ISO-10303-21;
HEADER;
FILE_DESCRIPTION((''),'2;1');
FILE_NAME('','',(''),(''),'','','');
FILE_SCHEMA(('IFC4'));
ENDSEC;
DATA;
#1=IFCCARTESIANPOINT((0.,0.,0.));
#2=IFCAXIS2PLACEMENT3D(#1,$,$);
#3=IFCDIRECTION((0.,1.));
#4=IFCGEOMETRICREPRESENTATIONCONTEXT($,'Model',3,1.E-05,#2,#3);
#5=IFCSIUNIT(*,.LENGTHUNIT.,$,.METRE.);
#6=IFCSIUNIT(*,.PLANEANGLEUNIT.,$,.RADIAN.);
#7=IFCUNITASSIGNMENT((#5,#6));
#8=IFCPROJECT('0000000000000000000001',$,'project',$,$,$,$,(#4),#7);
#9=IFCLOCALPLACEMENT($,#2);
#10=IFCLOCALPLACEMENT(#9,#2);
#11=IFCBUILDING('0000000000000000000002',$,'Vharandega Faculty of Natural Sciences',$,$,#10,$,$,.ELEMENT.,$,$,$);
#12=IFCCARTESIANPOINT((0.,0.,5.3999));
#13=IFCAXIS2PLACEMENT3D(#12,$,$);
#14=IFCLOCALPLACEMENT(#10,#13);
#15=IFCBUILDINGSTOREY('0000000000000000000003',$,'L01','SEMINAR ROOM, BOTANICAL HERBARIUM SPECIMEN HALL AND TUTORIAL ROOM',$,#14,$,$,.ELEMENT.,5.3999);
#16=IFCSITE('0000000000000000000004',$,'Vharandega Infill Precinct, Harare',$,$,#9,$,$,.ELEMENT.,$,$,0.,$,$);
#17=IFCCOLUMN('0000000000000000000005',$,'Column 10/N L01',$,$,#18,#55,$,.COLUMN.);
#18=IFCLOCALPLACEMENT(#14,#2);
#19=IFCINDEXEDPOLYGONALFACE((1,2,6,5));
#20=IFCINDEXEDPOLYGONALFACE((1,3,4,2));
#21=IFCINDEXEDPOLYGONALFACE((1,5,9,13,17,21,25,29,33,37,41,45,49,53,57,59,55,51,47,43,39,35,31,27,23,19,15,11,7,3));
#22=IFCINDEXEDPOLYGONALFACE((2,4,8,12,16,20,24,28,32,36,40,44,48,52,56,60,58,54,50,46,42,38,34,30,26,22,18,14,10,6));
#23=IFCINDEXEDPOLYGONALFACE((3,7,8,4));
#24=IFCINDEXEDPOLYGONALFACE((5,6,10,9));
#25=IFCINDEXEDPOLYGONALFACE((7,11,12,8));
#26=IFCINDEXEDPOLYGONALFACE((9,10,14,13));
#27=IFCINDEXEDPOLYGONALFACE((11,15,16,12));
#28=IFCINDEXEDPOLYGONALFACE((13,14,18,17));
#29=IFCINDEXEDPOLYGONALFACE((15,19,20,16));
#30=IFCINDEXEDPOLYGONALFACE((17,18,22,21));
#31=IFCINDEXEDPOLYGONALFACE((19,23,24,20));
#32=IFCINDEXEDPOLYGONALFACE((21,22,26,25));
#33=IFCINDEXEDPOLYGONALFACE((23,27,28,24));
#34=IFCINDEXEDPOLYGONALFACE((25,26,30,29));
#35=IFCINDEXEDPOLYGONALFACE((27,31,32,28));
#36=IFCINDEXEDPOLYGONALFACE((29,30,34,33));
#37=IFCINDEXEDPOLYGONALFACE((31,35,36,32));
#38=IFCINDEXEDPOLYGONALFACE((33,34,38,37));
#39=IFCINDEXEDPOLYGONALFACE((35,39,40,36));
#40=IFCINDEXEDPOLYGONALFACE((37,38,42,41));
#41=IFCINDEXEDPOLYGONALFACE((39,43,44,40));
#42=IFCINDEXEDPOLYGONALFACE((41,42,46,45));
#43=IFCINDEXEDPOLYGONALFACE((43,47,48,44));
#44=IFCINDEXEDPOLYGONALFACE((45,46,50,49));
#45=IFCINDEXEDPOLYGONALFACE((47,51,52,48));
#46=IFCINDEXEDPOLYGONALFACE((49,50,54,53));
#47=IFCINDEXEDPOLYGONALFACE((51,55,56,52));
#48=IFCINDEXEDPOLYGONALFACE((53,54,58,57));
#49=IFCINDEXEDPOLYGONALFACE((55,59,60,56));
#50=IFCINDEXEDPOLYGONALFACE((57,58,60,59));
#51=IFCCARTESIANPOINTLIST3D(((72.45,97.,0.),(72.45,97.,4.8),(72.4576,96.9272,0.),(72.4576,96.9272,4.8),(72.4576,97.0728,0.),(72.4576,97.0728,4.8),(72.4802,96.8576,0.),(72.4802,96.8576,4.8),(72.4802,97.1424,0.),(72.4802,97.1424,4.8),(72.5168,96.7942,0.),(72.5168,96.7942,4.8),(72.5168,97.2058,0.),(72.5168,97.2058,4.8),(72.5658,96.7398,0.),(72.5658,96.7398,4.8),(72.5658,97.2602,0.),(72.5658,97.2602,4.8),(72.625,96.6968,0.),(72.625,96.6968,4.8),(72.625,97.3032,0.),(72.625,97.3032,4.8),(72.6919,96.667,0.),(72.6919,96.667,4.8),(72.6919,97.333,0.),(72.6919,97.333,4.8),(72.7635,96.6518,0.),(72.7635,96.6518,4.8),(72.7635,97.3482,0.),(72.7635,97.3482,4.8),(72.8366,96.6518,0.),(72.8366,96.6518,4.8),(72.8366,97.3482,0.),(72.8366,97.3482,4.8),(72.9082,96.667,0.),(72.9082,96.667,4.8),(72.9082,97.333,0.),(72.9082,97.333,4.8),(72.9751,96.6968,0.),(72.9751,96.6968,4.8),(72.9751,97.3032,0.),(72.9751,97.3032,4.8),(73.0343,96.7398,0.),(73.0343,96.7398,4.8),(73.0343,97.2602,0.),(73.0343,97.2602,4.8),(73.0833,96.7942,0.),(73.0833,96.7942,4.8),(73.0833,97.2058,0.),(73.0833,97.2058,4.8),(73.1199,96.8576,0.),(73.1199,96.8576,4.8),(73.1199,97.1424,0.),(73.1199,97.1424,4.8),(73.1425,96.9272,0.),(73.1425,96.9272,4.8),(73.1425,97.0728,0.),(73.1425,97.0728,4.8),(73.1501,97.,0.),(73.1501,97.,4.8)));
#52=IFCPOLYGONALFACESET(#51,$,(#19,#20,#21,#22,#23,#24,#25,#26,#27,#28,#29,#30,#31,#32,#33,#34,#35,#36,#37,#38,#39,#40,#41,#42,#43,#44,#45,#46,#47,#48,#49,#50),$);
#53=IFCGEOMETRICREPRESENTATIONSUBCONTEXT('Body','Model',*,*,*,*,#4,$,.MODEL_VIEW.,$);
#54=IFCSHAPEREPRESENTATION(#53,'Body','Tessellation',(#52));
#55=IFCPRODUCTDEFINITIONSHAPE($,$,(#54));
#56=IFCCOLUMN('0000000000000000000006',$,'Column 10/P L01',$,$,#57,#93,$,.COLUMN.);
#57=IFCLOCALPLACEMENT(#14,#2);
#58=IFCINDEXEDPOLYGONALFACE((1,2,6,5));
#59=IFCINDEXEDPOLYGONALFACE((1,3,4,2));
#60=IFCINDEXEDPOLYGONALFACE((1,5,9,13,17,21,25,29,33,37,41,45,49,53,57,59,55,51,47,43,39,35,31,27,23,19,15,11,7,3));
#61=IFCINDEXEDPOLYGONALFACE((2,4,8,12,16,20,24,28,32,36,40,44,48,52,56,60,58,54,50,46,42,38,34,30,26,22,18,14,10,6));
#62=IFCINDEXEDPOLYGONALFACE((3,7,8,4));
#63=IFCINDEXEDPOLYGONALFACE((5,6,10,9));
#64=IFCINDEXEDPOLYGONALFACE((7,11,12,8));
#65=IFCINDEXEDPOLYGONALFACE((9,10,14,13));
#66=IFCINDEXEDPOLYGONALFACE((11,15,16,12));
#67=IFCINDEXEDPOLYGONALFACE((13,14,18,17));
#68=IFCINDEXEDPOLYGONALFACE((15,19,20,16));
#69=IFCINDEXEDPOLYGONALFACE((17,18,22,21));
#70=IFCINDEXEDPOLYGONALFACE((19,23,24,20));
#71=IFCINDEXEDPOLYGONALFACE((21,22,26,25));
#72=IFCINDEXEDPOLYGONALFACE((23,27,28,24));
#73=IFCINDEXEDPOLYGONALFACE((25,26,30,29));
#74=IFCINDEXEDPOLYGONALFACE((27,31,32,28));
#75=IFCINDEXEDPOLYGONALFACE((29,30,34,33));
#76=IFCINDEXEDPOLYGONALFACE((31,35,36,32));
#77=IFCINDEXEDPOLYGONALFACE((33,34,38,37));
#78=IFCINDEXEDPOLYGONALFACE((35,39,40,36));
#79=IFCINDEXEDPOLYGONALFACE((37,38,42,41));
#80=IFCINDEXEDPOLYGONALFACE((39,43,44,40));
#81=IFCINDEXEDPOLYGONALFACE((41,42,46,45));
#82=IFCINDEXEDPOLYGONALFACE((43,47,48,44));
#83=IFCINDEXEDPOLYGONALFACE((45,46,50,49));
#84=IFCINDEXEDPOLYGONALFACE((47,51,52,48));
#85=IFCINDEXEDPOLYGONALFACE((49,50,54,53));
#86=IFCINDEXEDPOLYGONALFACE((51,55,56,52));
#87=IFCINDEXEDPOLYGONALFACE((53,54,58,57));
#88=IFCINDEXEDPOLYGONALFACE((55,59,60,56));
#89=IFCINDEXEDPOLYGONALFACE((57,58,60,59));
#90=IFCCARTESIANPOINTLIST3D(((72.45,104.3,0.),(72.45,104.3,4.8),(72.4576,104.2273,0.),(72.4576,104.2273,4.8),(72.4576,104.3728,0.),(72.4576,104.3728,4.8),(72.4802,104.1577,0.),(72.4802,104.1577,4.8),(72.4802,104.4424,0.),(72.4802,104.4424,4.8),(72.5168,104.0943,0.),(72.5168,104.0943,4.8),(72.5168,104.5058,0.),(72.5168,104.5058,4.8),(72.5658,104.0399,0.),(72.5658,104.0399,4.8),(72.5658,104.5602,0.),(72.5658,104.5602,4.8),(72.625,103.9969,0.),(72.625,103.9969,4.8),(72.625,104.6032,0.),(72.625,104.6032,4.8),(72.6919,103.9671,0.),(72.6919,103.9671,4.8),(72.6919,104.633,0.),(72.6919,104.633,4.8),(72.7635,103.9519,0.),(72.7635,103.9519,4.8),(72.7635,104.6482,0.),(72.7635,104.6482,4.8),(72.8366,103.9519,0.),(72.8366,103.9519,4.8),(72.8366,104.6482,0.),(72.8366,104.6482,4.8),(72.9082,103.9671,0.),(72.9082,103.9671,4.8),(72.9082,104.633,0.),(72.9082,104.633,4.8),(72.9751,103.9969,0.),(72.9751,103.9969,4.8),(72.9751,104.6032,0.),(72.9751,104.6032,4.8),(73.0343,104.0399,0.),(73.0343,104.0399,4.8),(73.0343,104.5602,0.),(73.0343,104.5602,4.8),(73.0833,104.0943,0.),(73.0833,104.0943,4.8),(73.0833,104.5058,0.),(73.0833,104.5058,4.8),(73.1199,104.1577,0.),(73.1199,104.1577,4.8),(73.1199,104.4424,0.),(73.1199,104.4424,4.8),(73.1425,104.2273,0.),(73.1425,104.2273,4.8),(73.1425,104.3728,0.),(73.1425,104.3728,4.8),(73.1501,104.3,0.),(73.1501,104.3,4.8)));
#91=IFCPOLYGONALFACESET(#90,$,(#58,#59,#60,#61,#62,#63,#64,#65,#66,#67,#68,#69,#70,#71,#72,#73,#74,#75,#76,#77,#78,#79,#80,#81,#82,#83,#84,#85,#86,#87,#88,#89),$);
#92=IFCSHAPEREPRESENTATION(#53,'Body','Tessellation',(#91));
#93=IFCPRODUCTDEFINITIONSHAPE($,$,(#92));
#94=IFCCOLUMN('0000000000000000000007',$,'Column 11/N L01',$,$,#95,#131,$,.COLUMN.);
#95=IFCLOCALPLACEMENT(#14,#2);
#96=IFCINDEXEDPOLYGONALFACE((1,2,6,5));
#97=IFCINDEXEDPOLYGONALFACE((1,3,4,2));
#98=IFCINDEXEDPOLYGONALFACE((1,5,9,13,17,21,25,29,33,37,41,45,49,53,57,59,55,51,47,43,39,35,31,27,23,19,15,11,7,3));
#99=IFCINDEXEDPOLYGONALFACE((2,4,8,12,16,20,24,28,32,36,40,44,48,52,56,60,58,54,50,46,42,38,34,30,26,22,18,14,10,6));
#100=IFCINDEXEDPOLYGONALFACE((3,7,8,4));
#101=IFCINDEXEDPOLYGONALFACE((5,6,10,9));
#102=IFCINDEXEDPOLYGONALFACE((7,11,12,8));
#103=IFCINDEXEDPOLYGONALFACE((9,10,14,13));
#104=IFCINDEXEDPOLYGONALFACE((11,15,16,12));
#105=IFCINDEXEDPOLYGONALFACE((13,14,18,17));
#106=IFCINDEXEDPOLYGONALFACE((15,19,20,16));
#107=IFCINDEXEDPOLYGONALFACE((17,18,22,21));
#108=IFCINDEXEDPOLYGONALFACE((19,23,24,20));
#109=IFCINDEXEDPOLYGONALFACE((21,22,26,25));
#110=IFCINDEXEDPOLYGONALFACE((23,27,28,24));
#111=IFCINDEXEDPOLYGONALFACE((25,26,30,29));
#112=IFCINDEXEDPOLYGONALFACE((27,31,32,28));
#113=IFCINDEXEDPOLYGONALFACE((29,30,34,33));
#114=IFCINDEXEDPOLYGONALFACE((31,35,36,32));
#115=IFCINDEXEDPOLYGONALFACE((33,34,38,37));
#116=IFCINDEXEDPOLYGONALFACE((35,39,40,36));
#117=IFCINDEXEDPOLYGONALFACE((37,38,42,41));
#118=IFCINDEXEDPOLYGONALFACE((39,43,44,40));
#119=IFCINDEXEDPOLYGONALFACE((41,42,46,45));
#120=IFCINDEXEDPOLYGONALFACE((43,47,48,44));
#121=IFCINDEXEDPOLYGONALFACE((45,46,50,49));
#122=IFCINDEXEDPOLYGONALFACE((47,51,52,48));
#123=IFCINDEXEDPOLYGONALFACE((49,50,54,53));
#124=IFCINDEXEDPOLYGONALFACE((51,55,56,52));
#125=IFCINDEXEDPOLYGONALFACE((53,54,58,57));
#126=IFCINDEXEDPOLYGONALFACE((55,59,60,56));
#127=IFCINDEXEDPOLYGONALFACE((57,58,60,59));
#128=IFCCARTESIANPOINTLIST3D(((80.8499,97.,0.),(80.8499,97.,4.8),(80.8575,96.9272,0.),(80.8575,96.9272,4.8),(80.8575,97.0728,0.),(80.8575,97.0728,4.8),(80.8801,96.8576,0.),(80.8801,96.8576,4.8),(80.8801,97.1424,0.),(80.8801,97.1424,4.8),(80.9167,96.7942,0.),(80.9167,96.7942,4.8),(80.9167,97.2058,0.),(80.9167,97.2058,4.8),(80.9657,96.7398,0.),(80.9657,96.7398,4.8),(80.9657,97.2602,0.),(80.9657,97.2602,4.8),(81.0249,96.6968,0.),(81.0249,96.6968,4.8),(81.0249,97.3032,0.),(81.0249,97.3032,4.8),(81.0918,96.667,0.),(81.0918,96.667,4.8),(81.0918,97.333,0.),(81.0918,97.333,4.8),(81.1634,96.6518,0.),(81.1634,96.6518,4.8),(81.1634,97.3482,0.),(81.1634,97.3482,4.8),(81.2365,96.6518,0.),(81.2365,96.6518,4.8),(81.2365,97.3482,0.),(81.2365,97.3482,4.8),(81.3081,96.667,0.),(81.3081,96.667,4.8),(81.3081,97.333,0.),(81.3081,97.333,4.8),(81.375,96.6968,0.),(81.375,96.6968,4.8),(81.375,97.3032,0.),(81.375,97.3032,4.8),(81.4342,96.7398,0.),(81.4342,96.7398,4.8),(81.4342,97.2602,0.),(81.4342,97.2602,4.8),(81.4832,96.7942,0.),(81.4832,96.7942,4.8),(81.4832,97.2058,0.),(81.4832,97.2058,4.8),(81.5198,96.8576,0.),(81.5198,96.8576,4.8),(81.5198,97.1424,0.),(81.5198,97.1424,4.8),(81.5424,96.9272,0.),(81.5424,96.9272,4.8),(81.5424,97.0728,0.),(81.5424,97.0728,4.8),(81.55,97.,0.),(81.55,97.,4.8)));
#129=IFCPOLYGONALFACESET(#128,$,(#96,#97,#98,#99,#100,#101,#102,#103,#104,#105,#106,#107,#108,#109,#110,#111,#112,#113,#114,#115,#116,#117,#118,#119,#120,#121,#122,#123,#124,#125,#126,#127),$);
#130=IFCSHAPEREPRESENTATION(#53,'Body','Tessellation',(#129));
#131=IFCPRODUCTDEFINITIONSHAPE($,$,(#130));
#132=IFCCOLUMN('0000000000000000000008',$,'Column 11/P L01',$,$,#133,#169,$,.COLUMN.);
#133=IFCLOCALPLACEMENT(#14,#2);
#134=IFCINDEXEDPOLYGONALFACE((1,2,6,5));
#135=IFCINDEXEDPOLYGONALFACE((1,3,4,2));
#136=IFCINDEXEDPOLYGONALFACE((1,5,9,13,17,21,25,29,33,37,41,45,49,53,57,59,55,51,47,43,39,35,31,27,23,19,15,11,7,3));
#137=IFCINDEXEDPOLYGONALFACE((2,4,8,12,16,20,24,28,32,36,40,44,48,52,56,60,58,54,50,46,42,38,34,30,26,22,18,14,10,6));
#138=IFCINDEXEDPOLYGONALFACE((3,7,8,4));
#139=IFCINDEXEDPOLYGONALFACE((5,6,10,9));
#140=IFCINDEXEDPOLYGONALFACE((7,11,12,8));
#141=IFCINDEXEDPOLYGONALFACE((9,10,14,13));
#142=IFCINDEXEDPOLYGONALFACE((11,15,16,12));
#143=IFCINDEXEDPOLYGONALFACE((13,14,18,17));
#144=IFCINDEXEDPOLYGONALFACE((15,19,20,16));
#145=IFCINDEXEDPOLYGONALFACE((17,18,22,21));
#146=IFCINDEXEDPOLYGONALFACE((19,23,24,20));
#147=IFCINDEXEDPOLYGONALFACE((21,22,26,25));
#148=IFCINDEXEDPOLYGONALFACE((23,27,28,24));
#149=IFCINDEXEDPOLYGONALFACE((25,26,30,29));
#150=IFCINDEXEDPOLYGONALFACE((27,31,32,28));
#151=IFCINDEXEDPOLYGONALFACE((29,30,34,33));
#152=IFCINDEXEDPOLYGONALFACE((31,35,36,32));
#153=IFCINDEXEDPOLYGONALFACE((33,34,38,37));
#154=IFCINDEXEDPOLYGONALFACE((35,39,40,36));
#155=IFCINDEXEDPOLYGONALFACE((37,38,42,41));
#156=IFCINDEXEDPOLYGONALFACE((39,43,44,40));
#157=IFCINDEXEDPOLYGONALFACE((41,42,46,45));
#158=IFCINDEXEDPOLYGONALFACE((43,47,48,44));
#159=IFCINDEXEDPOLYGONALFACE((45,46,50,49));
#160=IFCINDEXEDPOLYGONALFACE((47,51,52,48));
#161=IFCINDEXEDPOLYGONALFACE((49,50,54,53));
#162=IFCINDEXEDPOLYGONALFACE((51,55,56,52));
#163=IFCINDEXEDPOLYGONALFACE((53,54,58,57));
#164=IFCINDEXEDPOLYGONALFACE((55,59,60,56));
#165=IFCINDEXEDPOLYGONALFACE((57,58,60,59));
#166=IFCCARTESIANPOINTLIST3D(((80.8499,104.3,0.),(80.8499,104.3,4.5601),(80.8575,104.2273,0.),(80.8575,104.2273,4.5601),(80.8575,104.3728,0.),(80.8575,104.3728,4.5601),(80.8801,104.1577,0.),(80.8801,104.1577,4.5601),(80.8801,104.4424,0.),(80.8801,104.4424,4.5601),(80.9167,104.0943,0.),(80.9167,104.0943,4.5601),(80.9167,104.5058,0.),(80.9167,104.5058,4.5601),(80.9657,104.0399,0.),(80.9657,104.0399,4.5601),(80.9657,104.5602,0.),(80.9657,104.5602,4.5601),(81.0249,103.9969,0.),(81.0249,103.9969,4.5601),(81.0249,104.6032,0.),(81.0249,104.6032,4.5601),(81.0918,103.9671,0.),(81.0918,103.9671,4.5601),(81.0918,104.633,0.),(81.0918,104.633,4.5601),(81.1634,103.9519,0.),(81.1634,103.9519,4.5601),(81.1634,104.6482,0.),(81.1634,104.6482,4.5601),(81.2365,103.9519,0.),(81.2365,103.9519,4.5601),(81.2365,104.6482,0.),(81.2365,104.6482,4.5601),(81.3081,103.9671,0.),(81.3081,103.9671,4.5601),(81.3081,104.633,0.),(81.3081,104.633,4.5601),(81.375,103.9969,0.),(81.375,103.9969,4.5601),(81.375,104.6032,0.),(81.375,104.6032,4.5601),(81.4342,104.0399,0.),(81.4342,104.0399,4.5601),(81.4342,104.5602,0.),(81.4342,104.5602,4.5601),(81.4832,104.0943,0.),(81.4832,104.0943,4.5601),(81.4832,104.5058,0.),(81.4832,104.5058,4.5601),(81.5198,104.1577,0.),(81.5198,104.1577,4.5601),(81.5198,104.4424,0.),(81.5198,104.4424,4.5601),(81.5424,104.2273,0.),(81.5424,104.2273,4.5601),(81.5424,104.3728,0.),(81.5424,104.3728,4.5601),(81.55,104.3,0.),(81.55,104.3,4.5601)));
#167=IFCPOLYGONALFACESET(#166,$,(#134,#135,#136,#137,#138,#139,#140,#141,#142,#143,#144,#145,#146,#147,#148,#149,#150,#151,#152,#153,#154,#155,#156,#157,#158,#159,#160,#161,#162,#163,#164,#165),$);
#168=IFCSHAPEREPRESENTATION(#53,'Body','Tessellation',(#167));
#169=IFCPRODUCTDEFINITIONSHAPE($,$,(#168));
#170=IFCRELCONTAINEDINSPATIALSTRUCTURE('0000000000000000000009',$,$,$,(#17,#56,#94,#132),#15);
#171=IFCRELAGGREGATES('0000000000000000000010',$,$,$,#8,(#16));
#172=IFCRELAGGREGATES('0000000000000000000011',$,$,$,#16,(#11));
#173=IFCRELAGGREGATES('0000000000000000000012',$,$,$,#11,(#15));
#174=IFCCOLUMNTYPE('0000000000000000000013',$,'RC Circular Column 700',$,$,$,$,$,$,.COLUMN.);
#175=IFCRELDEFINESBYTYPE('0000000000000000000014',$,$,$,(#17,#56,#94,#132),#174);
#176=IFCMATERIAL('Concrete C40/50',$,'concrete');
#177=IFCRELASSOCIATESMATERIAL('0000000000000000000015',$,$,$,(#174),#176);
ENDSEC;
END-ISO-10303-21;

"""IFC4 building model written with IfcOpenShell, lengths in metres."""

from ifc_helpers import new_model, si_unit, direction, frame, origin, origin_2d, place, context, subcontext, project, spatial, circle, extrude, material, material_profile, profile_set, type_object, element, save


model = new_model("IFC4")

# Units and contexts
model_context = context("Model", 3, precision=1e-05, world=origin(), true_north=direction((0.0, 1.0)))
body_context = subcontext(model_context, "Body", "Model", "MODEL_VIEW")
ifc_project = project(units=[si_unit("LENGTHUNIT", "METRE"), si_unit("PLANEANGLEUNIT", "RADIAN")], contexts=[model_context])

# Site, building, storey
site_placement = place(None, origin())
site = spatial("IfcSite", under=ifc_project, at=site_placement, Name="Vharandega Infill Precinct, Harare", CompositionType="ELEMENT", RefElevation=0.0)
building_placement = place(site_placement, origin())
building = spatial("IfcBuilding", under=site, at=building_placement, Name="Vharandega Faculty of Natural Sciences", CompositionType="ELEMENT")
storey_placement = place(building_placement, frame((0.0, 0.0, 5.3999)))
storey = spatial("IfcBuildingStorey", under=building, at=storey_placement, Name="L01", Description="SEMINAR ROOM, BOTANICAL HERBARIUM SPECIMEN HALL AND TUTORIAL ROOM", CompositionType="ELEMENT", Elevation=5.3999)

# Columns
ifc_material_1 = material(Name="Concrete C40/50", Category="concrete")
ifc_material_profile_1 = material_profile(ifc_material_1, circle(Radius=0.3501, at=origin_2d()), Name="RC-CIRC 700")
ifc_profile_set_1 = profile_set([ifc_material_profile_1], Name="Concrete C40/50")
column_type_1 = type_object("IfcColumnType", Name="RC Circular Column 700", PredefinedType="COLUMN", material=ifc_profile_set_1)
for number, where, z_axis, x_axis, name in (
    (1, (72.8, 97.0, 0.0), (0.0, 0.0, 1.0), (1.0, 0.0, 0.0), "Column 10/N L01"),
    (2, (72.8, 104.3, 0.0), (0.0, 0.0, 1.0), (1.0, 0.0, 0.0), "Column 10/P L01"),
    (3, (81.2, 97.0, 0.0), (0.0, 0.0, 1.0), (1.0, 0.0, 0.0), "Column 11/N L01"),
):
    element("IfcColumn", number, at=place(storey_placement, frame(where, z_axis=z_axis, x_axis=x_axis)), inside=storey, type_object=column_type_1, Name=name, PredefinedType="COLUMN", context=body_context, shape_type="SweptSolid", body=[
        extrude(circle(Radius=0.3501, at=origin_2d()), origin(), (0.0, 0.0, 1.0), 4.8),
    ])
column_placement = place(storey_placement, frame((81.2, 104.3, 0.0), z_axis=(0.0, 0.0, 1.0), x_axis=(1.0, 0.0, 0.0)))
element("IfcColumn", 4, at=column_placement, inside=storey, type_object=column_type_1, Name="Column 11/P L01", PredefinedType="COLUMN", context=body_context, shape_type="SweptSolid", body=[
    extrude(circle(Radius=0.3501, at=origin_2d()), origin(), (0.0, 0.0, 1.0), 4.5601),
])

save(model, "model.ifc")
